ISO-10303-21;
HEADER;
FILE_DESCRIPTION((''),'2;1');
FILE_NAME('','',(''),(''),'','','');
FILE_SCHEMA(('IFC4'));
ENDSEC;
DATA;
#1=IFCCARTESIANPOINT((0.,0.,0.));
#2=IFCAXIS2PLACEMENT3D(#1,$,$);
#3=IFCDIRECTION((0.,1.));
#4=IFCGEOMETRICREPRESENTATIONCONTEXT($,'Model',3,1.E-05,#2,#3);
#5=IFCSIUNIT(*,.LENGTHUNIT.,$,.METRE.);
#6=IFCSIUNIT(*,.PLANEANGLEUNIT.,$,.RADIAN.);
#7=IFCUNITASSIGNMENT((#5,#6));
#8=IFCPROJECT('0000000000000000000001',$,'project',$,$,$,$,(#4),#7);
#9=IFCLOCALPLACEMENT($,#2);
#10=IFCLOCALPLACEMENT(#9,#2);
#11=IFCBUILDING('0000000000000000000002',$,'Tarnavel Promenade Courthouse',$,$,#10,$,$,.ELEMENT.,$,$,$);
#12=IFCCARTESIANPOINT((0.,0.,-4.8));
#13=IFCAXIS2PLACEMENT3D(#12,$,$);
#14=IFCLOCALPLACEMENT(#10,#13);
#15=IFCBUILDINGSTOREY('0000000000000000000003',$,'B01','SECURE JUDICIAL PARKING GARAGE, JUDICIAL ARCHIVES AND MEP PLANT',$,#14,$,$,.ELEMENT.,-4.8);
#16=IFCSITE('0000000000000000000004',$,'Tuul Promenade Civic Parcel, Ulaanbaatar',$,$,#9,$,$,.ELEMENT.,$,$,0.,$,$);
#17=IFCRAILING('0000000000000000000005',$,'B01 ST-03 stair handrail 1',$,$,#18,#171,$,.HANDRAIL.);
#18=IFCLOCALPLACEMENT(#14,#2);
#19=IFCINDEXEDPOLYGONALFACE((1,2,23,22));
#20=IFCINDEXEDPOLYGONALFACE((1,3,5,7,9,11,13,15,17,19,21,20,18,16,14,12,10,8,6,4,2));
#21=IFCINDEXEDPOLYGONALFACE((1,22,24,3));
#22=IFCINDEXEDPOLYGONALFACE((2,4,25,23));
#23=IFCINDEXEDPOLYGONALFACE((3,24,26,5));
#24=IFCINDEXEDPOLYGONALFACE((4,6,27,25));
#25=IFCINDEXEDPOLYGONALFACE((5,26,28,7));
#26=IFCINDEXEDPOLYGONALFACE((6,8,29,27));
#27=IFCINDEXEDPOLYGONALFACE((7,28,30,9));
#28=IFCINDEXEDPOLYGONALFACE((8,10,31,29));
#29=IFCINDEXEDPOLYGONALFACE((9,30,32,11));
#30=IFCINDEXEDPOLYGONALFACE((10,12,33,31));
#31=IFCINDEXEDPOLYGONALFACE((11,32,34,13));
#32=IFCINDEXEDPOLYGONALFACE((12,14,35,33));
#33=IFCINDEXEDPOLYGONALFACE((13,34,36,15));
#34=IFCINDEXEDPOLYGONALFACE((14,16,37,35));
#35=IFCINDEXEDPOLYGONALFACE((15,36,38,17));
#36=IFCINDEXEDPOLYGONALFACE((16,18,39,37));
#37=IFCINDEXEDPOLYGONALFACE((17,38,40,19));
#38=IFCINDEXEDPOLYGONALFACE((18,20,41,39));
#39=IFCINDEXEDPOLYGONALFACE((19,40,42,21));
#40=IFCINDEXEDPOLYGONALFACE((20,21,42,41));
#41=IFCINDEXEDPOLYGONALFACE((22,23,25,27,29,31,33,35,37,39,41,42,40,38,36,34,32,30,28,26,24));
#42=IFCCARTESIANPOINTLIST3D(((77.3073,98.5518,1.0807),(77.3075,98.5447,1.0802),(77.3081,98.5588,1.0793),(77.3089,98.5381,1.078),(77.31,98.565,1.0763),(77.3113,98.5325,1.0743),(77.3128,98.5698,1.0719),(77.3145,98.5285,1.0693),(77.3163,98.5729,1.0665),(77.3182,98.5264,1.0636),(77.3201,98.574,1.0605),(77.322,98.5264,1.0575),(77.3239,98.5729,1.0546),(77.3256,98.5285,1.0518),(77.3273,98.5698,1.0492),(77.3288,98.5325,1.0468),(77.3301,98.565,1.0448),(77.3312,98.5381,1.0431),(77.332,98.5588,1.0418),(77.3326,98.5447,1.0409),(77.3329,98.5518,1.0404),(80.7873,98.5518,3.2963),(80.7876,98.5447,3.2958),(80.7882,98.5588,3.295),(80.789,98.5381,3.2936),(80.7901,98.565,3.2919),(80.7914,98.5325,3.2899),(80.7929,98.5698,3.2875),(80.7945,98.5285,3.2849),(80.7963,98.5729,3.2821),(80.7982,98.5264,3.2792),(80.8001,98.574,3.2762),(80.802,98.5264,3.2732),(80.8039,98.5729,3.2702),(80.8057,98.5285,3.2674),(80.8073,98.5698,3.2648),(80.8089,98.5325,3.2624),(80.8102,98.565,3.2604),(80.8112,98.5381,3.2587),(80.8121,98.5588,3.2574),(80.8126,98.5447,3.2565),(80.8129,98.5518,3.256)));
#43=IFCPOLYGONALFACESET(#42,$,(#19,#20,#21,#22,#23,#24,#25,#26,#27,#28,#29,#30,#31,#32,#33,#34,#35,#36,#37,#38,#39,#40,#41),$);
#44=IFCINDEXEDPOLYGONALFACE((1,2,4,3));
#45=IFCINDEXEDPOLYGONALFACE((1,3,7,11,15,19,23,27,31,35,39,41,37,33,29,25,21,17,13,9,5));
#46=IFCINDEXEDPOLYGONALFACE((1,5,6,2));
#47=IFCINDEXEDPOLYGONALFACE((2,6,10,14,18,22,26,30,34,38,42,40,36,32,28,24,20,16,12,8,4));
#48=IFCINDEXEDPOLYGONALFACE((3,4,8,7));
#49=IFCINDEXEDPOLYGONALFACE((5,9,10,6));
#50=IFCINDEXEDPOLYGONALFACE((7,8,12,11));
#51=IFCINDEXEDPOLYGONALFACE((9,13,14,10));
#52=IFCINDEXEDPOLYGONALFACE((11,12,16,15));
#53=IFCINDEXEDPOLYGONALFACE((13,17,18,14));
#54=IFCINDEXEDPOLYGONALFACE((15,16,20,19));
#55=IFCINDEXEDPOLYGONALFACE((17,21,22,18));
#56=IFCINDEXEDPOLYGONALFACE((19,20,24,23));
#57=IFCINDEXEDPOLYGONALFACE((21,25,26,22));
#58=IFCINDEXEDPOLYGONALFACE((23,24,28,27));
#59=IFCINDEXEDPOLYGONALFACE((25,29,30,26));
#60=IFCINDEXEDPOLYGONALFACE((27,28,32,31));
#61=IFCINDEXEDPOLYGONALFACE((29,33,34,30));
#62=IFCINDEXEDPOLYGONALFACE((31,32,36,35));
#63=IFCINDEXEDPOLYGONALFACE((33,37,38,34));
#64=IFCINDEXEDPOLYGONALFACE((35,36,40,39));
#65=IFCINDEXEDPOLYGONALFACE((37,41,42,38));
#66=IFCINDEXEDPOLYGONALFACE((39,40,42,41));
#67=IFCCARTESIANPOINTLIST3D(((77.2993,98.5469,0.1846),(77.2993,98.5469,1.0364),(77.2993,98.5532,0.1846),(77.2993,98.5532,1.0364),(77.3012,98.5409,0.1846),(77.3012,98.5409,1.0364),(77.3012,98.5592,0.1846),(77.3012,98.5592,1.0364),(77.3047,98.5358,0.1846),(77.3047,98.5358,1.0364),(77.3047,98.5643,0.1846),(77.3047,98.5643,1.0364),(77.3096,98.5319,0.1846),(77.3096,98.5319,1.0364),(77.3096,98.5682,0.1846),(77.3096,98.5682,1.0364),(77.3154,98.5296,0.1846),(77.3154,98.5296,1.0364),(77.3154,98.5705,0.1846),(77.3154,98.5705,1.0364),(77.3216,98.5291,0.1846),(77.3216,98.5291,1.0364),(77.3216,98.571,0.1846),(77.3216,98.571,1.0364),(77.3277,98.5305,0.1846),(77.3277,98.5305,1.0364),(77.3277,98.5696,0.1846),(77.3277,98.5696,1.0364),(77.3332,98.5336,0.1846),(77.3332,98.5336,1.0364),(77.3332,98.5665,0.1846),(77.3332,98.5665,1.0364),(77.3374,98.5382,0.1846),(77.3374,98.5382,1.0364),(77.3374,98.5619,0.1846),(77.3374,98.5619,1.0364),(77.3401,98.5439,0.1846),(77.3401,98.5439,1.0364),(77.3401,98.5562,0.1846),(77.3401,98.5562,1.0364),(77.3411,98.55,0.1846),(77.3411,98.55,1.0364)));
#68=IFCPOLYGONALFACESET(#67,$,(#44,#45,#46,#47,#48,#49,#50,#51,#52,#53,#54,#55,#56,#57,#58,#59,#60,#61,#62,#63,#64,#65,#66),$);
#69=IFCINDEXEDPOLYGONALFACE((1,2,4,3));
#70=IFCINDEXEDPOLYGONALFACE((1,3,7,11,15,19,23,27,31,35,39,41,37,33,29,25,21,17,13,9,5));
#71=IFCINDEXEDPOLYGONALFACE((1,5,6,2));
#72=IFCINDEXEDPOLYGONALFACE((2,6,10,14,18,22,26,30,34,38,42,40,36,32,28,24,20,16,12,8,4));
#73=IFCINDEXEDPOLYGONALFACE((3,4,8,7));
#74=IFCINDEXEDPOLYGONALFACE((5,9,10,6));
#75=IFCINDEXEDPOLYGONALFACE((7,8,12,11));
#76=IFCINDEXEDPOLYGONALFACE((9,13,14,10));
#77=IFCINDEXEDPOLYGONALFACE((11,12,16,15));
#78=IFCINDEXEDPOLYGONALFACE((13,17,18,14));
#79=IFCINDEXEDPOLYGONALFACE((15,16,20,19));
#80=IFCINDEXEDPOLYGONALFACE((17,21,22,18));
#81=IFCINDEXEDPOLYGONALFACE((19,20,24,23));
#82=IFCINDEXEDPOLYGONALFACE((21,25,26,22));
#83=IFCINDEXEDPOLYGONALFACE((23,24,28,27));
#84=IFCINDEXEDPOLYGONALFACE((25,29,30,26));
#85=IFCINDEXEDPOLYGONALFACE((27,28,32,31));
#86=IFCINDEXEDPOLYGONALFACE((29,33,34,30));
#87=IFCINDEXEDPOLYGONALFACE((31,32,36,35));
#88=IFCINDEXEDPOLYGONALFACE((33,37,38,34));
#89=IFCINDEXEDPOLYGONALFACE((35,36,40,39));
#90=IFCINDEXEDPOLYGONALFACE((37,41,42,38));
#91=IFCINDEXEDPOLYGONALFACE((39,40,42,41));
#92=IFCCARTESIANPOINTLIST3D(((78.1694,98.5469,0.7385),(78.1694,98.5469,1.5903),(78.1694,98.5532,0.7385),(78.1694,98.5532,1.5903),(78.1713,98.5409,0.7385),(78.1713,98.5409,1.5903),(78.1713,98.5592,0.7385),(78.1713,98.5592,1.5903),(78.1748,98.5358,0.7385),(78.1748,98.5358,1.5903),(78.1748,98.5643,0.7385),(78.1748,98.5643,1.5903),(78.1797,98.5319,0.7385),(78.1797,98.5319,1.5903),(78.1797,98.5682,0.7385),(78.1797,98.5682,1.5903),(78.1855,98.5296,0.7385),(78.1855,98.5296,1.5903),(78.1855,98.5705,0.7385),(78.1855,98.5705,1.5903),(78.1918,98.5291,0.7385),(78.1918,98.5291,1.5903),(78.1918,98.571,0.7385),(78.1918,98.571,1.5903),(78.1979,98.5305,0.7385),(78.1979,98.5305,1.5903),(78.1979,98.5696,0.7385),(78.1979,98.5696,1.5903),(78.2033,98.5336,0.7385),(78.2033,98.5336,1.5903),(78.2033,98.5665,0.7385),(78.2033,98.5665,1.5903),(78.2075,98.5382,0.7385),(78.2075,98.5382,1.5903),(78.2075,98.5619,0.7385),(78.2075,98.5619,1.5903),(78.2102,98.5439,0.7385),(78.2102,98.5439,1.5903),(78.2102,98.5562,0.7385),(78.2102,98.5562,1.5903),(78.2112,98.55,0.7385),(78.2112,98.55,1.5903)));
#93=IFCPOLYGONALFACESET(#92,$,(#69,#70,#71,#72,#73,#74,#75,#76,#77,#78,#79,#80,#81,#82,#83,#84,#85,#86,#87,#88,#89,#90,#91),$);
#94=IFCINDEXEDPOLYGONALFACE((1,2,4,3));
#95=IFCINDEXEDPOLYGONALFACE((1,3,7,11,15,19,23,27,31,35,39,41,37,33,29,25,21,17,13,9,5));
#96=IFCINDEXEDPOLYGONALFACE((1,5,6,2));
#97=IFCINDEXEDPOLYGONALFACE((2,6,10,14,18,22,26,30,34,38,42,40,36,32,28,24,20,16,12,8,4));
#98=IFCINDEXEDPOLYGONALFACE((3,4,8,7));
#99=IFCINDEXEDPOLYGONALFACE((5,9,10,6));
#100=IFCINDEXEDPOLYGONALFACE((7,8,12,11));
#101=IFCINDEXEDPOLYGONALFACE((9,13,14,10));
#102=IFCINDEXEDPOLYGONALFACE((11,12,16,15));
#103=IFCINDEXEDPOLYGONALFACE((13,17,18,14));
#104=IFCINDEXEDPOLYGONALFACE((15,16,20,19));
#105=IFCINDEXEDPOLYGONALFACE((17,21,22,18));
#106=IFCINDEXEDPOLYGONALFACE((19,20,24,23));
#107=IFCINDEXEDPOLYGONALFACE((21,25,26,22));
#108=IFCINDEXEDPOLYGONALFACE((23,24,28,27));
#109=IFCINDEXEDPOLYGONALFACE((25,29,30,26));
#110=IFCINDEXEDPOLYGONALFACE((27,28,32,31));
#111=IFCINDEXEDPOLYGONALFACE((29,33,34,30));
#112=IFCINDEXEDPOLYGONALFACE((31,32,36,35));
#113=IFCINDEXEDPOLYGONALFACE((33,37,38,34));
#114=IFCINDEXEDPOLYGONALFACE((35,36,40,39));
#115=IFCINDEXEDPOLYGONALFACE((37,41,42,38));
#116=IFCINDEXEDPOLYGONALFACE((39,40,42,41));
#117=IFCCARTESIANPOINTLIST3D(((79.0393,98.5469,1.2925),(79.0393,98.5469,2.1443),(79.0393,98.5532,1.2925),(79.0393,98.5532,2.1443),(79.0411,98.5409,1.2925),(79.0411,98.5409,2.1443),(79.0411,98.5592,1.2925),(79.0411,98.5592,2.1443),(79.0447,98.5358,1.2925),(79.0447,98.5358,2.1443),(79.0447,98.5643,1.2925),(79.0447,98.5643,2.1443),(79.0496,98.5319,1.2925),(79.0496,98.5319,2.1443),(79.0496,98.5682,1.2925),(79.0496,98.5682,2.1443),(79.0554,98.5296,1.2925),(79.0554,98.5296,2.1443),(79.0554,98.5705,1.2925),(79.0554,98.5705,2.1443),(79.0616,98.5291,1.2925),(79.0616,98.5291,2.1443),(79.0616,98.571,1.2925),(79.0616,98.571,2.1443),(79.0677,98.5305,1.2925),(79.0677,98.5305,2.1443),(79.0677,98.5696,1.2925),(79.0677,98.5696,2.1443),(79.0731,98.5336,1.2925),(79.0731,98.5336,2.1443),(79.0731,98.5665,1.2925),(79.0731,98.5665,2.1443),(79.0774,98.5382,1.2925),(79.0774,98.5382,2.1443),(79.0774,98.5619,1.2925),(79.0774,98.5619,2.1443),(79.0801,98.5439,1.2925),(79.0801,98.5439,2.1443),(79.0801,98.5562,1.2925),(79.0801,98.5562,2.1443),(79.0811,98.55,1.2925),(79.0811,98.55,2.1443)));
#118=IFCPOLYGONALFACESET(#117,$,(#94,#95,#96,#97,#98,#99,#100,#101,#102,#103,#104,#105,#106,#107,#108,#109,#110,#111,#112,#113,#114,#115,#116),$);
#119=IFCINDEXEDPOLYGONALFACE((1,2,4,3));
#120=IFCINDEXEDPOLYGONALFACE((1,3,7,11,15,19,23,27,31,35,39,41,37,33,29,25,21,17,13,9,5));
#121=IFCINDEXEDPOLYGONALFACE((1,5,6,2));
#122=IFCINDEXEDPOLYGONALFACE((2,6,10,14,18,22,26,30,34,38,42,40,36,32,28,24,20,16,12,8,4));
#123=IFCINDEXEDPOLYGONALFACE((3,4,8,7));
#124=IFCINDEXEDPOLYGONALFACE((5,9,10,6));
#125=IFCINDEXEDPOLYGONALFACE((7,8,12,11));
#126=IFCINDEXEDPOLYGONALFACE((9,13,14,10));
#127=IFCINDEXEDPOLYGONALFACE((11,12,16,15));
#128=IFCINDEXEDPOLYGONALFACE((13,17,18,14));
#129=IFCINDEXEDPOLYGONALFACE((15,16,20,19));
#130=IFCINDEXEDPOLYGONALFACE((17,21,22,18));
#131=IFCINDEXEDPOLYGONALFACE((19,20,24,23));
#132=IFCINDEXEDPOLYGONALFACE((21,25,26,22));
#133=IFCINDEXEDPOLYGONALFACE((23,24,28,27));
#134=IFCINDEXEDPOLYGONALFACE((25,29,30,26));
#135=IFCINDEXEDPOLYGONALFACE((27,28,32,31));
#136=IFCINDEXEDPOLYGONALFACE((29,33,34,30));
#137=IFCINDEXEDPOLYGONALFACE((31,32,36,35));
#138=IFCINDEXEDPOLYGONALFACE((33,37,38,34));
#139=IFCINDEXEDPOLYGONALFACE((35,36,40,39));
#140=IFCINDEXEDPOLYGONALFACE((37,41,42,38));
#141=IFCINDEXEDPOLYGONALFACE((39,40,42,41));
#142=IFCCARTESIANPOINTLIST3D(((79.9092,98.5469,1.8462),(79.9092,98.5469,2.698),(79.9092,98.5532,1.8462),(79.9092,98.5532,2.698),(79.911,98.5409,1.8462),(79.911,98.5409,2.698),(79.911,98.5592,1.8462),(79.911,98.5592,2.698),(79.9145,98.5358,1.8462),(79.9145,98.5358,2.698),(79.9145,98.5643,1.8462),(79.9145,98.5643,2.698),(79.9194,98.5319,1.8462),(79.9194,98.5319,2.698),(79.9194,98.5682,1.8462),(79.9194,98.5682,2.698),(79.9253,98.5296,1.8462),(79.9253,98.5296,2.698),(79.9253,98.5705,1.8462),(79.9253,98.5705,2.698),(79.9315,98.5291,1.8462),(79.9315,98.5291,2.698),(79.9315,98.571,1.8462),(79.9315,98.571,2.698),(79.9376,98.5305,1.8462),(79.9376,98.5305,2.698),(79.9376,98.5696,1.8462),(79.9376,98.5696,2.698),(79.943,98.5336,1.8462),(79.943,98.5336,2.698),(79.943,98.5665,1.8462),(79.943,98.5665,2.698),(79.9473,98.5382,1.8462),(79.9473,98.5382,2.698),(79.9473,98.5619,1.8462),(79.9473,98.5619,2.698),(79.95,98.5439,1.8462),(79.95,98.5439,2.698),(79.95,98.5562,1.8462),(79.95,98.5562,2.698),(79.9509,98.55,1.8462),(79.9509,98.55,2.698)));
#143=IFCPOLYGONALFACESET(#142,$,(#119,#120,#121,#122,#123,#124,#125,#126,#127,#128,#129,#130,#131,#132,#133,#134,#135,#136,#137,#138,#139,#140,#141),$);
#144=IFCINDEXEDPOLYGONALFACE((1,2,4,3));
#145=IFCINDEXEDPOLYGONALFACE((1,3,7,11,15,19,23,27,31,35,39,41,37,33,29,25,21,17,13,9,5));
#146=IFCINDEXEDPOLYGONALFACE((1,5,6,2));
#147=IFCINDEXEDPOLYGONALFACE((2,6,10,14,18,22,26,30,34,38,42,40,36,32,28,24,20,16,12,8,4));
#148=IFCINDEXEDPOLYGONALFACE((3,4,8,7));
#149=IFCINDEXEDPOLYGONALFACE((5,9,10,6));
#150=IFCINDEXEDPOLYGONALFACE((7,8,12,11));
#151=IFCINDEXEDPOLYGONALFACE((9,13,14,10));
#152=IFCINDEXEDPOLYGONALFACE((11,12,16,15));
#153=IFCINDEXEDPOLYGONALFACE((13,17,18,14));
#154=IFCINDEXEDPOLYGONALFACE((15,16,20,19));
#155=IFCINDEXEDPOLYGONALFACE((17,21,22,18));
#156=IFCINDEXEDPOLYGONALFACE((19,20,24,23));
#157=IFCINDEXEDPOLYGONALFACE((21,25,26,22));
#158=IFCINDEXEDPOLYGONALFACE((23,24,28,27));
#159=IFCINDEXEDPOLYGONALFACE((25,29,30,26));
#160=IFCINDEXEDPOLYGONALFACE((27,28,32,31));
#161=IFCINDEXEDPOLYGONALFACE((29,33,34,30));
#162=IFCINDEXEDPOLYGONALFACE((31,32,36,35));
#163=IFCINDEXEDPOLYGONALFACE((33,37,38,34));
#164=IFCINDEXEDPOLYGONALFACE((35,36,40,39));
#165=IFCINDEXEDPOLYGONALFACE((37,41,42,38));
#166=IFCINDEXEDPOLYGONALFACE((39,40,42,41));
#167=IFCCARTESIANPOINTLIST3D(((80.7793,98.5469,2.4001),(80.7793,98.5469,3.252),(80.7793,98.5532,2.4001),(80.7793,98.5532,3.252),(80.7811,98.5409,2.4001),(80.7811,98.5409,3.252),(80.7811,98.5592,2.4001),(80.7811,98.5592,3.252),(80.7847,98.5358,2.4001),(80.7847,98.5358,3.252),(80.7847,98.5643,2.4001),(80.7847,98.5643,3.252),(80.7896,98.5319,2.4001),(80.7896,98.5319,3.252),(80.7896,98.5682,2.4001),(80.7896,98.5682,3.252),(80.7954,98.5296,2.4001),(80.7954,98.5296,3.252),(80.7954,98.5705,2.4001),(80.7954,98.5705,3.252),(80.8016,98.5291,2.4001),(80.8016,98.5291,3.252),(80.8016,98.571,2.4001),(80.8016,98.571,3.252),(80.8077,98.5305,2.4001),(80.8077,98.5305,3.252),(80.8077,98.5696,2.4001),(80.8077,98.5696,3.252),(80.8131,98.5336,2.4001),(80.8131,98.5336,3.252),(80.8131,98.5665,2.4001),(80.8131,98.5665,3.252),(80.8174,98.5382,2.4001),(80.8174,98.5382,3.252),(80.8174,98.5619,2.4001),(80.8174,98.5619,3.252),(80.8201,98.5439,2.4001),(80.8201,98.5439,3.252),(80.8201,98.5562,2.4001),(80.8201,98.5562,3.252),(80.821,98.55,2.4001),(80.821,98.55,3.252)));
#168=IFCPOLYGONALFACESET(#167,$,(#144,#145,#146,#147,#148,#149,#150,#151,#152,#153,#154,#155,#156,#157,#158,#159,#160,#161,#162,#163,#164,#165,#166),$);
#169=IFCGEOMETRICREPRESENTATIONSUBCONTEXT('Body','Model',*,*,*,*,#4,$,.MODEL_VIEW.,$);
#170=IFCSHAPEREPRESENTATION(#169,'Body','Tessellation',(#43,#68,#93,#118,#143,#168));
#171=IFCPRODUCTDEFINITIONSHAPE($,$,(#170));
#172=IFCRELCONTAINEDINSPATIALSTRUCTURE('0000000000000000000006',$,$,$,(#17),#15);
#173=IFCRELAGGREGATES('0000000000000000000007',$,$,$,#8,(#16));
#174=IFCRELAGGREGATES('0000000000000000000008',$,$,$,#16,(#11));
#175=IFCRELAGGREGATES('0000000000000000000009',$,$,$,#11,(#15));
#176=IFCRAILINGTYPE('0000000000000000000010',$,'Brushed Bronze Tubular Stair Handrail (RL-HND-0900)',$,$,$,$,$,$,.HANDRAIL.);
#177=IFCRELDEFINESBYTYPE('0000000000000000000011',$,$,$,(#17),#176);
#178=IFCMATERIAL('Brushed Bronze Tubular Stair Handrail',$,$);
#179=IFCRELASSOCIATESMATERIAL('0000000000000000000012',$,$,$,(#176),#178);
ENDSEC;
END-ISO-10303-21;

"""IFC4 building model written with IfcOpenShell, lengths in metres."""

from ifc_helpers import new_model, si_unit, direction, frame, origin, origin_2d, place, context, subcontext, project, spatial, circle, extrude, material, type_object, element, save


model = new_model("IFC4")

# Units and contexts
model_context = context("Model", 3, precision=1e-05, world=origin(), true_north=direction((0.0, 1.0)))
body_context = subcontext(model_context, "Body", "Model", "MODEL_VIEW")
ifc_project = project(units=[si_unit("LENGTHUNIT", "METRE"), si_unit("PLANEANGLEUNIT", "RADIAN")], contexts=[model_context])

# Site, building, storey
site_placement = place(None, origin())
site = spatial("IfcSite", under=ifc_project, at=site_placement, Name="Tuul Promenade Civic Parcel, Ulaanbaatar", CompositionType="ELEMENT", RefElevation=0.0)
building_placement = place(site_placement, origin())
building = spatial("IfcBuilding", under=site, at=building_placement, Name="Tarnavel Promenade Courthouse", CompositionType="ELEMENT")
storey_placement = place(building_placement, frame((0.0, 0.0, -4.8)))
storey = spatial("IfcBuildingStorey", under=building, at=storey_placement, Name="B01", Description="SECURE JUDICIAL PARKING GARAGE, JUDICIAL ARCHIVES AND MEP PLANT", CompositionType="ELEMENT", Elevation=-4.8)

# Railing
ifc_material_1 = material(Name="Brushed Bronze Tubular Stair Handrail")
railing_type_1 = type_object("IfcRailingType", Name="Brushed Bronze Tubular Stair Handrail (RL-HND-0900)", PredefinedType="HANDRAIL", material=ifc_material_1)
railing_1_placement = place(storey_placement, frame((77.3201, 98.55, 0.1846)))
element("IfcRailing", 1, at=railing_1_placement, inside=storey, type_object=railing_type_1, Name="B01 ST-03 stair handrail 1", PredefinedType="HANDRAIL", context=body_context, shape_type="SweptSolid", body=[
    extrude(circle(Radius=0.0239, at=origin_2d()), frame((0.0, 0.0, 0.876), z_axis=(0.843547, 0.0, 0.537055), x_axis=(0.0, 1.0, 0.0)), (0.0, 0.0, 1.0), 4.1255),
    extrude(circle(Radius=0.021, at=origin_2d()), origin(), (0.0, 0.0, 1.0), 0.8518),
    extrude(circle(Radius=0.021, at=origin_2d()), frame((0.8701, 0.0, 0.554)), (0.0, 0.0, 1.0), 0.8518),
    extrude(circle(Radius=0.021, at=origin_2d()), frame((1.74, 0.0, 1.1079)), (0.0, 0.0, 1.0), 0.8518),
    extrude(circle(Radius=0.021, at=origin_2d()), frame((2.6099, 0.0, 1.6616)), (0.0, 0.0, 1.0), 0.8518),
    extrude(circle(Radius=0.021, at=origin_2d()), frame((3.48, 0.0, 2.2156)), (0.0, 0.0, 1.0), 0.8518),
])

save(model, "model.ifc")
